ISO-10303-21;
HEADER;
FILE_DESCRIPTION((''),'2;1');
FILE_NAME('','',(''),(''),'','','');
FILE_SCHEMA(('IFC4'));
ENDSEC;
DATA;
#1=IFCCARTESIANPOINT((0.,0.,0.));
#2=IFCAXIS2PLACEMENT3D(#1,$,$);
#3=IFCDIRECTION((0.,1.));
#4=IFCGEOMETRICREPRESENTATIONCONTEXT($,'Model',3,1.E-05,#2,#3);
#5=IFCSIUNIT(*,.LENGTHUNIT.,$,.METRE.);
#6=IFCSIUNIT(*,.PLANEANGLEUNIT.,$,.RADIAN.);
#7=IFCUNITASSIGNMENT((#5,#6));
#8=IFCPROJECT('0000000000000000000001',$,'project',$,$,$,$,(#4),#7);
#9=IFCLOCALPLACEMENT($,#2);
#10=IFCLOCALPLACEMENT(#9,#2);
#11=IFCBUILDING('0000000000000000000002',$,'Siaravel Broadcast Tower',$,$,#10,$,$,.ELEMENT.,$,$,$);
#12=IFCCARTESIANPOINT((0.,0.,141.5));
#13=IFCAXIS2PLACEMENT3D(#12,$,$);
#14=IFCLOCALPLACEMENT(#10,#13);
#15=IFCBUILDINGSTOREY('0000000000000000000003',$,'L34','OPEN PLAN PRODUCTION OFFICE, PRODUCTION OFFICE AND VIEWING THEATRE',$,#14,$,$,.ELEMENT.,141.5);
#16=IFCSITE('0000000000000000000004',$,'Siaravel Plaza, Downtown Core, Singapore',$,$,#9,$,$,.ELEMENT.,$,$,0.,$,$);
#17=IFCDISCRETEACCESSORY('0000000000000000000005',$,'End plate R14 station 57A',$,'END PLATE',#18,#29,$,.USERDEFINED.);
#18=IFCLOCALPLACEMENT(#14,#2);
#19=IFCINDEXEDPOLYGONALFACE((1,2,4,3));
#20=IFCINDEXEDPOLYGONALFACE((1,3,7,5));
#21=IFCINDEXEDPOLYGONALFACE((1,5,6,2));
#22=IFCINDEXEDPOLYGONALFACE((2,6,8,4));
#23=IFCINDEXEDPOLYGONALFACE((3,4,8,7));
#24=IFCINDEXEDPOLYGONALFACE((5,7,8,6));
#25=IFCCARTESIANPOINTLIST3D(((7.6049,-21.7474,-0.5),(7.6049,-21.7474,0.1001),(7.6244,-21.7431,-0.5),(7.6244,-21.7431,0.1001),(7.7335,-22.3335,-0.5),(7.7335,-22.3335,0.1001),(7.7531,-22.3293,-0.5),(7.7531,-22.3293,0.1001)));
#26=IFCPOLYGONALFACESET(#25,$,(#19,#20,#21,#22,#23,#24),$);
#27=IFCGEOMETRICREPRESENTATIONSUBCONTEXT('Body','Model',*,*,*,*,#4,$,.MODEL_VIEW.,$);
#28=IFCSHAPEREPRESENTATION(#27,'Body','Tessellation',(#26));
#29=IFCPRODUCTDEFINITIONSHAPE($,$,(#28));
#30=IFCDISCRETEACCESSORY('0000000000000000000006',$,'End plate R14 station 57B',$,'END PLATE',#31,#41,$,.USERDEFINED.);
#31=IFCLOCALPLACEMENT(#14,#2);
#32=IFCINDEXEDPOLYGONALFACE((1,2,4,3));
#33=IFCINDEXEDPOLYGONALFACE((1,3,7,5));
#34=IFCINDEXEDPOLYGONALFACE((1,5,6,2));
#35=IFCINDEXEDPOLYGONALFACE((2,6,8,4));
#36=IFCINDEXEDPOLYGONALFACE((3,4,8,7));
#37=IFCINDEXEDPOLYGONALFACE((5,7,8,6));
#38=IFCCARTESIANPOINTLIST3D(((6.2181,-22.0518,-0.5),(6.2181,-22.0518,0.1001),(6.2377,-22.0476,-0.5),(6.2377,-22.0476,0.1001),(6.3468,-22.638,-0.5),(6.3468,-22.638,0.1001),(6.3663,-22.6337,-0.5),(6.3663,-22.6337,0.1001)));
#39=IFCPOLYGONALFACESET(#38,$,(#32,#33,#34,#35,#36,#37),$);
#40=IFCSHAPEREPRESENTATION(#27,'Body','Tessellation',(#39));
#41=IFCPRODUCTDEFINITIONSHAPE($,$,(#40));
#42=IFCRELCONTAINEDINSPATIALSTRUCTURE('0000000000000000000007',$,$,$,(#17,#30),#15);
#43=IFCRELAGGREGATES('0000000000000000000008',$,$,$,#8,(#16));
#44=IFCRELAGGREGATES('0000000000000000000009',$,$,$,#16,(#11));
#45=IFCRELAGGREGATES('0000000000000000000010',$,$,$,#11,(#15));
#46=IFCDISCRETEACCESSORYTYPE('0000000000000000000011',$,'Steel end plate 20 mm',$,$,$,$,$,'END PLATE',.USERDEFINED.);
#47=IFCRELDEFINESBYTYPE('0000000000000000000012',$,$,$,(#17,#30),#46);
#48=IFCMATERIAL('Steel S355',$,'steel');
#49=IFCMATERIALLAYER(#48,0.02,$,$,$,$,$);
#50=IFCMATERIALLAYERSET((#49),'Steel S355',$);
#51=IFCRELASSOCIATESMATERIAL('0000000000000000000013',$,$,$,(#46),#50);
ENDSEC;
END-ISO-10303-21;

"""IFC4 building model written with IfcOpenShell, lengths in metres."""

from ifc_helpers import new_model, si_unit, direction, frame, origin, origin_2d, place, context, subcontext, project, spatial, rectangle, extrude, material, layer, layer_set, type_object, element, save


model = new_model("IFC4")

# Units and contexts
model_context = context("Model", 3, precision=1e-05, world=origin(), true_north=direction((0.0, 1.0)))
body_context = subcontext(model_context, "Body", "Model", "MODEL_VIEW")
ifc_project = project(units=[si_unit("LENGTHUNIT", "METRE"), si_unit("PLANEANGLEUNIT", "RADIAN")], contexts=[model_context])

# Site, building, storey
site_placement = place(None, origin())
site = spatial("IfcSite", under=ifc_project, at=site_placement, Name="Siaravel Plaza, Downtown Core, Singapore", CompositionType="ELEMENT", RefElevation=0.0)
building_placement = place(site_placement, origin())
building = spatial("IfcBuilding", under=site, at=building_placement, Name="Siaravel Broadcast Tower", CompositionType="ELEMENT")
storey_placement = place(building_placement, frame((0.0, 0.0, 141.5)))
storey = spatial("IfcBuildingStorey", under=building, at=storey_placement, Name="L34", Description="OPEN PLAN PRODUCTION OFFICE, PRODUCTION OFFICE AND VIEWING THEATRE", CompositionType="ELEMENT", Elevation=141.5)

# Shared definitions
ifc_material_1 = material(Name="Steel S355", Category="steel")

# Discrete accessories
ifc_layer_1 = layer(ifc_material_1, 0.02)
ifc_layer_set_1 = layer_set([ifc_layer_1], Name="Steel S355")
discrete_accessory_type = type_object("IfcDiscreteAccessoryType", Name="Steel end plate 20 mm", ElementType="END PLATE", PredefinedType="USERDEFINED", material=ifc_layer_set_1)
for number, where, z_axis, x_axis, name in (
    (1, (7.679, -22.0383, -0.5), (0.0, 0.0, 1.0), (0.976751, 0.214379, 0.0), "End plate R14 station 57A"),
    (2, (6.2922, -22.3428, -0.5), (0.0, 0.0, 1.0), (0.976751, 0.214379, 0.0), "End plate R14 station 57B"),
):
    element("IfcDiscreteAccessory", number, at=place(storey_placement, frame(where, z_axis=z_axis, x_axis=x_axis)), inside=storey, type_object=discrete_accessory_type, Name=name, ObjectType="END PLATE", PredefinedType="USERDEFINED", context=body_context, shape_type="SweptSolid", body=[
        extrude(rectangle(XDim=0.02, YDim=0.6001, at=origin_2d()), origin(), (0.0, 0.0, 1.0), 0.6001),
    ])

save(model, "model.ifc")
